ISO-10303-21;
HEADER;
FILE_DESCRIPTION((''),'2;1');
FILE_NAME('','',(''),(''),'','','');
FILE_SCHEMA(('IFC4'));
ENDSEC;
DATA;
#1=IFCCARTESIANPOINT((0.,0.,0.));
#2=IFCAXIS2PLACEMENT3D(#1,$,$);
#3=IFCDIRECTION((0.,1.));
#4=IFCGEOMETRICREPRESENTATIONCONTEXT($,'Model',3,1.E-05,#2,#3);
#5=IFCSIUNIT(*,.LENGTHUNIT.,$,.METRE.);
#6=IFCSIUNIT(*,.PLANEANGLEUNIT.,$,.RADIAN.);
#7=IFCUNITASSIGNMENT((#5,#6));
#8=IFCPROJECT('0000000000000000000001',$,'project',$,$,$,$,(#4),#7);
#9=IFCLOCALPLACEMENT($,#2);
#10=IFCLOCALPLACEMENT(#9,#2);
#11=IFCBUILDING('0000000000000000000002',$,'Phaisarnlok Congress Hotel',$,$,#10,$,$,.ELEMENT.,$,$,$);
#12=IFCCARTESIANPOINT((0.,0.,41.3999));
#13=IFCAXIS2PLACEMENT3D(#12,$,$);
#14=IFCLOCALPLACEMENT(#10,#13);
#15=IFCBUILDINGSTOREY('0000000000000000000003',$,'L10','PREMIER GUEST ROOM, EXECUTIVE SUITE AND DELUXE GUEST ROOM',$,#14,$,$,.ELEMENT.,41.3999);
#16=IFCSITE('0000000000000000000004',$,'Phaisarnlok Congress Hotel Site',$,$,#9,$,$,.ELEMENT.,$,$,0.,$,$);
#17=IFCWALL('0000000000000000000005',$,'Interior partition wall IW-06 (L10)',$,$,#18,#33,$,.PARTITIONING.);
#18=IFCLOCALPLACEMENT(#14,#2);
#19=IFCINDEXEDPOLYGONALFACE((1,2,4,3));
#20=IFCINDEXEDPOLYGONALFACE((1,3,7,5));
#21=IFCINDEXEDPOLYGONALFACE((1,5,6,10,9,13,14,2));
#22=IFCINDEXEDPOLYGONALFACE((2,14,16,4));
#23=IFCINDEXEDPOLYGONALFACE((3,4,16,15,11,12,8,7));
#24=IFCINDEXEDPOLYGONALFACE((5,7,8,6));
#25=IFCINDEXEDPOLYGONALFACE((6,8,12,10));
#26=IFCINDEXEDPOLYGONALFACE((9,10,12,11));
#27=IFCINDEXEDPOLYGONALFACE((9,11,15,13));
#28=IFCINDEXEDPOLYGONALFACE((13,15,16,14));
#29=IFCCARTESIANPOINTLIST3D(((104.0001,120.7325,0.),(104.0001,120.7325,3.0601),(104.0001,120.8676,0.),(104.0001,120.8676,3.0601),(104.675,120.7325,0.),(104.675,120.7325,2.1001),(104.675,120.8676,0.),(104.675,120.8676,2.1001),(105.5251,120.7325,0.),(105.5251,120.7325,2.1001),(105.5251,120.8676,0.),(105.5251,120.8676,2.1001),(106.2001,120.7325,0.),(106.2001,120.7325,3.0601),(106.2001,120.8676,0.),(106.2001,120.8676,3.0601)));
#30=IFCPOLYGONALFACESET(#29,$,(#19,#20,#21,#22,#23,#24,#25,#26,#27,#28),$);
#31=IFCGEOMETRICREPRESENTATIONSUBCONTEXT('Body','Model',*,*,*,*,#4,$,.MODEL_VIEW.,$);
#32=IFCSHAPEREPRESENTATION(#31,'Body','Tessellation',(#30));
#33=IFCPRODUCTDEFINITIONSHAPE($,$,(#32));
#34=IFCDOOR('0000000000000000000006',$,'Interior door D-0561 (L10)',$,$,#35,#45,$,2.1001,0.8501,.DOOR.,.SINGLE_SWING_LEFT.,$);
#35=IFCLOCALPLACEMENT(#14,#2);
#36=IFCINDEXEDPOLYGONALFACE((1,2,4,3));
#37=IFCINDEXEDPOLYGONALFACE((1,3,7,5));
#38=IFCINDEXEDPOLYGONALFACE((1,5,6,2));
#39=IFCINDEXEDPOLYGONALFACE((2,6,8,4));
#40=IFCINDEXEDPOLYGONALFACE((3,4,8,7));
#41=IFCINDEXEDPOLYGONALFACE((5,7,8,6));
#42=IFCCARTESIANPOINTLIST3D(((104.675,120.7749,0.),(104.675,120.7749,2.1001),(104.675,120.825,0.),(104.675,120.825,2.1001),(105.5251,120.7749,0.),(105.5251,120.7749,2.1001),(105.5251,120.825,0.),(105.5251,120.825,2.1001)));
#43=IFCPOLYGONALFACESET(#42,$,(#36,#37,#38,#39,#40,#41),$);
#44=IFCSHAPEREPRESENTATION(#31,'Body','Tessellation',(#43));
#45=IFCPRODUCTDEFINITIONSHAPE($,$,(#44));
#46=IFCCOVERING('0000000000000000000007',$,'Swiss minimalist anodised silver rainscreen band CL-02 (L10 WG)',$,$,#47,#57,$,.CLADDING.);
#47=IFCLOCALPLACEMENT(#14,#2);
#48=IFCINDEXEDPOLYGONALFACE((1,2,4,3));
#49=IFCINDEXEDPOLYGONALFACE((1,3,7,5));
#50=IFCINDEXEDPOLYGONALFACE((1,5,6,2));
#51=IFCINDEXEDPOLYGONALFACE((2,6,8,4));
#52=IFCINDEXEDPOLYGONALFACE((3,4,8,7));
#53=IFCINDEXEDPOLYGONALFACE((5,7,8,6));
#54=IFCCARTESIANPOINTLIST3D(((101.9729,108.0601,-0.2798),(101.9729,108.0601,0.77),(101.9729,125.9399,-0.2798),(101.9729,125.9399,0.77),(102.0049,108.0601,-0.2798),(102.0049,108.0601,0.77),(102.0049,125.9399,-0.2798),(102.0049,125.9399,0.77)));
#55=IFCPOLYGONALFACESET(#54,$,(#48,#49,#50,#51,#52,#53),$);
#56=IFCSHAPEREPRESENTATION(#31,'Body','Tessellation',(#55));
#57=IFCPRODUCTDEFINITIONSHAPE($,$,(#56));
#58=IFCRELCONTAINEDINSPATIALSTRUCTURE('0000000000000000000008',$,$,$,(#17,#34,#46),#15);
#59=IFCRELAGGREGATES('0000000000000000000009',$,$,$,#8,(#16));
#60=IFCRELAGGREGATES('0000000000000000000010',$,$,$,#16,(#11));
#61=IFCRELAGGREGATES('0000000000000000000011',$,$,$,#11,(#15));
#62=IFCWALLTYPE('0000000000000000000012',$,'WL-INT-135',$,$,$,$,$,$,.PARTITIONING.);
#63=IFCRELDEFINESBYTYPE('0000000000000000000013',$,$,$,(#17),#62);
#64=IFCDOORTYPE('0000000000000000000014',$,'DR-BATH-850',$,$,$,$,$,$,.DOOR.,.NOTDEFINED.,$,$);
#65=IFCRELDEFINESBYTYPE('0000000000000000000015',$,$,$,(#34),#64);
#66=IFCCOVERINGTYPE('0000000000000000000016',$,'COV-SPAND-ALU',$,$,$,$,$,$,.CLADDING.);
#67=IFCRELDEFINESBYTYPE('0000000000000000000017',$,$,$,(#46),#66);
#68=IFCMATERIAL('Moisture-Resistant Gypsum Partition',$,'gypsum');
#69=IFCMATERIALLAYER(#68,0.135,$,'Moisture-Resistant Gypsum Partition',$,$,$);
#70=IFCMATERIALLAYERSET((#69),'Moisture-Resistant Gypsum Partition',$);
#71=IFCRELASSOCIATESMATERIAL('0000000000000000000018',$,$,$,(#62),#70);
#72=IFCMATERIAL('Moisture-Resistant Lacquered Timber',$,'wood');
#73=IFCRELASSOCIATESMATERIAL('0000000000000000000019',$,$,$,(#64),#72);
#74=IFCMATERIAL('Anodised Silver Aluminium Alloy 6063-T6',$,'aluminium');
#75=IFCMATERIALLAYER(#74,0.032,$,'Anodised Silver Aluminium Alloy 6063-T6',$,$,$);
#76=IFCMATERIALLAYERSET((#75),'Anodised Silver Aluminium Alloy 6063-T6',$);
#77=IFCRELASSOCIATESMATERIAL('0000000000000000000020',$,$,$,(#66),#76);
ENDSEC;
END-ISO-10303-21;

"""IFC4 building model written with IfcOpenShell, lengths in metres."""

from ifc_helpers import new_model, si_unit, direction, frame, frame_2d, origin, place, context, subcontext, project, spatial, polyline, rectangle, outline, extrude, material, layer, layer_set, type_object, element, fill, save


model = new_model("IFC4")

# Units and contexts
model_context = context("Model", 3, precision=1e-05, world=origin(), true_north=direction((0.0, 1.0)))
body_context = subcontext(model_context, "Body", "Model", "MODEL_VIEW")
ifc_project = project(units=[si_unit("LENGTHUNIT", "METRE"), si_unit("PLANEANGLEUNIT", "RADIAN")], contexts=[model_context])

# Site, building, storey
site_placement = place(None, origin())
site = spatial("IfcSite", under=ifc_project, at=site_placement, Name="Phaisarnlok Congress Hotel Site", CompositionType="ELEMENT", RefElevation=0.0)
building_placement = place(site_placement, origin())
building = spatial("IfcBuilding", under=site, at=building_placement, Name="Phaisarnlok Congress Hotel", CompositionType="ELEMENT")
storey_placement = place(building_placement, frame((0.0, 0.0, 41.3999)))
storey = spatial("IfcBuildingStorey", under=building, at=storey_placement, Name="L10", Description="PREMIER GUEST ROOM, EXECUTIVE SUITE AND DELUXE GUEST ROOM", CompositionType="ELEMENT", Elevation=41.3999)

# Wall, opening, door
ifc_material_1 = material(Name="Moisture-Resistant Gypsum Partition", Category="gypsum")
ifc_layer_1 = layer(ifc_material_1, 0.135, Name="Moisture-Resistant Gypsum Partition")
ifc_layer_set_1 = layer_set([ifc_layer_1], Name="Moisture-Resistant Gypsum Partition")
wall_type_1 = type_object("IfcWallType", Name="WL-INT-135", PredefinedType="PARTITIONING", material=ifc_layer_set_1)
wall_1_placement = place(storey_placement, frame((104.0, 120.8, 0.0), z_axis=(0.0, 0.0, 1.0), x_axis=(1.0, 0.0, 0.0)))
wall_1 = element("IfcWall", 1, at=wall_1_placement, inside=storey, type_object=wall_type_1, Name="Interior partition wall IW-06 (L10)", PredefinedType="PARTITIONING", context=body_context, shape_type="SweptSolid", body=[
    extrude(rectangle(XDim=2.2, YDim=0.135, at=frame_2d((1.1001, 0.0))), origin(), (0.0, 0.0, 1.0), 3.0601),
])
opening_1_placement = place(wall_1_placement, frame((0.675, 0.0, 0.0)))
opening_1 = element("IfcOpeningElement", 2, at=opening_1_placement, cuts=wall_1, PredefinedType="OPENING", context=body_context, shape_type="SweptSolid", body=[
    extrude(rectangle(XDim=0.8501, YDim=2.1001, at=frame_2d((0.425, 1.05))), frame((0.0, 0.0776, 0.0), z_axis=(0.0, -1.0, 0.0), x_axis=(1.0, 0.0, 0.0)), (0.0, 0.0, 1.0), 0.155),
])
ifc_material_2 = material(Name="Moisture-Resistant Lacquered Timber", Category="wood")
door_type = type_object("IfcDoorType", Name="DR-BATH-850", OperationType="NOTDEFINED", PredefinedType="DOOR", material=ifc_material_2)
door_placement = place(opening_1_placement, origin())
door = element("IfcDoor", 3, at=door_placement, inside=storey, type_object=door_type, Name="Interior door D-0561 (L10)", OperationType="SINGLE_SWING_LEFT", OverallHeight=2.1001, OverallWidth=0.8501, PredefinedType="DOOR", context=body_context, shape_type="SweptSolid", body=[
    extrude(rectangle(XDim=0.8501, YDim=2.1001, at=frame_2d((0.425, 1.05))), frame((0.0, 0.0249, 0.0), z_axis=(0.0, -1.0, 0.0), x_axis=(1.0, 0.0, 0.0)), (0.0, 0.0, 1.0), 0.05),
])
fill(opening_1, door)

# Covering
ifc_material_3 = material(Name="Anodised Silver Aluminium Alloy 6063-T6", Category="aluminium")
ifc_layer_2 = layer(ifc_material_3, 0.032, Name="Anodised Silver Aluminium Alloy 6063-T6")
ifc_layer_set_2 = layer_set([ifc_layer_2], Name="Anodised Silver Aluminium Alloy 6063-T6")
covering_type = type_object("IfcCoveringType", Name="COV-SPAND-ALU", PredefinedType="CLADDING", material=ifc_layer_set_2)
covering_placement = place(storey_placement, frame((102.0049, 125.9399, -0.2798), z_axis=(-1.0, 0.0, 0.0), x_axis=(0.0, -1.0, 0.0)))
element("IfcCovering", 4, at=covering_placement, inside=storey, type_object=covering_type, Name="Swiss minimalist anodised silver rainscreen band CL-02 (L10 WG)", PredefinedType="CLADDING", context=body_context, shape_type="SweptSolid", body=[
    extrude(outline(polyline([(0.0, 0.0), (17.8799, 0.0), (17.8799, 1.0498), (0.0, 1.0498), (0.0, 0.0)])), origin(), (0.0, 0.0, 1.0), 0.032),
])

save(model, "model.ifc")
